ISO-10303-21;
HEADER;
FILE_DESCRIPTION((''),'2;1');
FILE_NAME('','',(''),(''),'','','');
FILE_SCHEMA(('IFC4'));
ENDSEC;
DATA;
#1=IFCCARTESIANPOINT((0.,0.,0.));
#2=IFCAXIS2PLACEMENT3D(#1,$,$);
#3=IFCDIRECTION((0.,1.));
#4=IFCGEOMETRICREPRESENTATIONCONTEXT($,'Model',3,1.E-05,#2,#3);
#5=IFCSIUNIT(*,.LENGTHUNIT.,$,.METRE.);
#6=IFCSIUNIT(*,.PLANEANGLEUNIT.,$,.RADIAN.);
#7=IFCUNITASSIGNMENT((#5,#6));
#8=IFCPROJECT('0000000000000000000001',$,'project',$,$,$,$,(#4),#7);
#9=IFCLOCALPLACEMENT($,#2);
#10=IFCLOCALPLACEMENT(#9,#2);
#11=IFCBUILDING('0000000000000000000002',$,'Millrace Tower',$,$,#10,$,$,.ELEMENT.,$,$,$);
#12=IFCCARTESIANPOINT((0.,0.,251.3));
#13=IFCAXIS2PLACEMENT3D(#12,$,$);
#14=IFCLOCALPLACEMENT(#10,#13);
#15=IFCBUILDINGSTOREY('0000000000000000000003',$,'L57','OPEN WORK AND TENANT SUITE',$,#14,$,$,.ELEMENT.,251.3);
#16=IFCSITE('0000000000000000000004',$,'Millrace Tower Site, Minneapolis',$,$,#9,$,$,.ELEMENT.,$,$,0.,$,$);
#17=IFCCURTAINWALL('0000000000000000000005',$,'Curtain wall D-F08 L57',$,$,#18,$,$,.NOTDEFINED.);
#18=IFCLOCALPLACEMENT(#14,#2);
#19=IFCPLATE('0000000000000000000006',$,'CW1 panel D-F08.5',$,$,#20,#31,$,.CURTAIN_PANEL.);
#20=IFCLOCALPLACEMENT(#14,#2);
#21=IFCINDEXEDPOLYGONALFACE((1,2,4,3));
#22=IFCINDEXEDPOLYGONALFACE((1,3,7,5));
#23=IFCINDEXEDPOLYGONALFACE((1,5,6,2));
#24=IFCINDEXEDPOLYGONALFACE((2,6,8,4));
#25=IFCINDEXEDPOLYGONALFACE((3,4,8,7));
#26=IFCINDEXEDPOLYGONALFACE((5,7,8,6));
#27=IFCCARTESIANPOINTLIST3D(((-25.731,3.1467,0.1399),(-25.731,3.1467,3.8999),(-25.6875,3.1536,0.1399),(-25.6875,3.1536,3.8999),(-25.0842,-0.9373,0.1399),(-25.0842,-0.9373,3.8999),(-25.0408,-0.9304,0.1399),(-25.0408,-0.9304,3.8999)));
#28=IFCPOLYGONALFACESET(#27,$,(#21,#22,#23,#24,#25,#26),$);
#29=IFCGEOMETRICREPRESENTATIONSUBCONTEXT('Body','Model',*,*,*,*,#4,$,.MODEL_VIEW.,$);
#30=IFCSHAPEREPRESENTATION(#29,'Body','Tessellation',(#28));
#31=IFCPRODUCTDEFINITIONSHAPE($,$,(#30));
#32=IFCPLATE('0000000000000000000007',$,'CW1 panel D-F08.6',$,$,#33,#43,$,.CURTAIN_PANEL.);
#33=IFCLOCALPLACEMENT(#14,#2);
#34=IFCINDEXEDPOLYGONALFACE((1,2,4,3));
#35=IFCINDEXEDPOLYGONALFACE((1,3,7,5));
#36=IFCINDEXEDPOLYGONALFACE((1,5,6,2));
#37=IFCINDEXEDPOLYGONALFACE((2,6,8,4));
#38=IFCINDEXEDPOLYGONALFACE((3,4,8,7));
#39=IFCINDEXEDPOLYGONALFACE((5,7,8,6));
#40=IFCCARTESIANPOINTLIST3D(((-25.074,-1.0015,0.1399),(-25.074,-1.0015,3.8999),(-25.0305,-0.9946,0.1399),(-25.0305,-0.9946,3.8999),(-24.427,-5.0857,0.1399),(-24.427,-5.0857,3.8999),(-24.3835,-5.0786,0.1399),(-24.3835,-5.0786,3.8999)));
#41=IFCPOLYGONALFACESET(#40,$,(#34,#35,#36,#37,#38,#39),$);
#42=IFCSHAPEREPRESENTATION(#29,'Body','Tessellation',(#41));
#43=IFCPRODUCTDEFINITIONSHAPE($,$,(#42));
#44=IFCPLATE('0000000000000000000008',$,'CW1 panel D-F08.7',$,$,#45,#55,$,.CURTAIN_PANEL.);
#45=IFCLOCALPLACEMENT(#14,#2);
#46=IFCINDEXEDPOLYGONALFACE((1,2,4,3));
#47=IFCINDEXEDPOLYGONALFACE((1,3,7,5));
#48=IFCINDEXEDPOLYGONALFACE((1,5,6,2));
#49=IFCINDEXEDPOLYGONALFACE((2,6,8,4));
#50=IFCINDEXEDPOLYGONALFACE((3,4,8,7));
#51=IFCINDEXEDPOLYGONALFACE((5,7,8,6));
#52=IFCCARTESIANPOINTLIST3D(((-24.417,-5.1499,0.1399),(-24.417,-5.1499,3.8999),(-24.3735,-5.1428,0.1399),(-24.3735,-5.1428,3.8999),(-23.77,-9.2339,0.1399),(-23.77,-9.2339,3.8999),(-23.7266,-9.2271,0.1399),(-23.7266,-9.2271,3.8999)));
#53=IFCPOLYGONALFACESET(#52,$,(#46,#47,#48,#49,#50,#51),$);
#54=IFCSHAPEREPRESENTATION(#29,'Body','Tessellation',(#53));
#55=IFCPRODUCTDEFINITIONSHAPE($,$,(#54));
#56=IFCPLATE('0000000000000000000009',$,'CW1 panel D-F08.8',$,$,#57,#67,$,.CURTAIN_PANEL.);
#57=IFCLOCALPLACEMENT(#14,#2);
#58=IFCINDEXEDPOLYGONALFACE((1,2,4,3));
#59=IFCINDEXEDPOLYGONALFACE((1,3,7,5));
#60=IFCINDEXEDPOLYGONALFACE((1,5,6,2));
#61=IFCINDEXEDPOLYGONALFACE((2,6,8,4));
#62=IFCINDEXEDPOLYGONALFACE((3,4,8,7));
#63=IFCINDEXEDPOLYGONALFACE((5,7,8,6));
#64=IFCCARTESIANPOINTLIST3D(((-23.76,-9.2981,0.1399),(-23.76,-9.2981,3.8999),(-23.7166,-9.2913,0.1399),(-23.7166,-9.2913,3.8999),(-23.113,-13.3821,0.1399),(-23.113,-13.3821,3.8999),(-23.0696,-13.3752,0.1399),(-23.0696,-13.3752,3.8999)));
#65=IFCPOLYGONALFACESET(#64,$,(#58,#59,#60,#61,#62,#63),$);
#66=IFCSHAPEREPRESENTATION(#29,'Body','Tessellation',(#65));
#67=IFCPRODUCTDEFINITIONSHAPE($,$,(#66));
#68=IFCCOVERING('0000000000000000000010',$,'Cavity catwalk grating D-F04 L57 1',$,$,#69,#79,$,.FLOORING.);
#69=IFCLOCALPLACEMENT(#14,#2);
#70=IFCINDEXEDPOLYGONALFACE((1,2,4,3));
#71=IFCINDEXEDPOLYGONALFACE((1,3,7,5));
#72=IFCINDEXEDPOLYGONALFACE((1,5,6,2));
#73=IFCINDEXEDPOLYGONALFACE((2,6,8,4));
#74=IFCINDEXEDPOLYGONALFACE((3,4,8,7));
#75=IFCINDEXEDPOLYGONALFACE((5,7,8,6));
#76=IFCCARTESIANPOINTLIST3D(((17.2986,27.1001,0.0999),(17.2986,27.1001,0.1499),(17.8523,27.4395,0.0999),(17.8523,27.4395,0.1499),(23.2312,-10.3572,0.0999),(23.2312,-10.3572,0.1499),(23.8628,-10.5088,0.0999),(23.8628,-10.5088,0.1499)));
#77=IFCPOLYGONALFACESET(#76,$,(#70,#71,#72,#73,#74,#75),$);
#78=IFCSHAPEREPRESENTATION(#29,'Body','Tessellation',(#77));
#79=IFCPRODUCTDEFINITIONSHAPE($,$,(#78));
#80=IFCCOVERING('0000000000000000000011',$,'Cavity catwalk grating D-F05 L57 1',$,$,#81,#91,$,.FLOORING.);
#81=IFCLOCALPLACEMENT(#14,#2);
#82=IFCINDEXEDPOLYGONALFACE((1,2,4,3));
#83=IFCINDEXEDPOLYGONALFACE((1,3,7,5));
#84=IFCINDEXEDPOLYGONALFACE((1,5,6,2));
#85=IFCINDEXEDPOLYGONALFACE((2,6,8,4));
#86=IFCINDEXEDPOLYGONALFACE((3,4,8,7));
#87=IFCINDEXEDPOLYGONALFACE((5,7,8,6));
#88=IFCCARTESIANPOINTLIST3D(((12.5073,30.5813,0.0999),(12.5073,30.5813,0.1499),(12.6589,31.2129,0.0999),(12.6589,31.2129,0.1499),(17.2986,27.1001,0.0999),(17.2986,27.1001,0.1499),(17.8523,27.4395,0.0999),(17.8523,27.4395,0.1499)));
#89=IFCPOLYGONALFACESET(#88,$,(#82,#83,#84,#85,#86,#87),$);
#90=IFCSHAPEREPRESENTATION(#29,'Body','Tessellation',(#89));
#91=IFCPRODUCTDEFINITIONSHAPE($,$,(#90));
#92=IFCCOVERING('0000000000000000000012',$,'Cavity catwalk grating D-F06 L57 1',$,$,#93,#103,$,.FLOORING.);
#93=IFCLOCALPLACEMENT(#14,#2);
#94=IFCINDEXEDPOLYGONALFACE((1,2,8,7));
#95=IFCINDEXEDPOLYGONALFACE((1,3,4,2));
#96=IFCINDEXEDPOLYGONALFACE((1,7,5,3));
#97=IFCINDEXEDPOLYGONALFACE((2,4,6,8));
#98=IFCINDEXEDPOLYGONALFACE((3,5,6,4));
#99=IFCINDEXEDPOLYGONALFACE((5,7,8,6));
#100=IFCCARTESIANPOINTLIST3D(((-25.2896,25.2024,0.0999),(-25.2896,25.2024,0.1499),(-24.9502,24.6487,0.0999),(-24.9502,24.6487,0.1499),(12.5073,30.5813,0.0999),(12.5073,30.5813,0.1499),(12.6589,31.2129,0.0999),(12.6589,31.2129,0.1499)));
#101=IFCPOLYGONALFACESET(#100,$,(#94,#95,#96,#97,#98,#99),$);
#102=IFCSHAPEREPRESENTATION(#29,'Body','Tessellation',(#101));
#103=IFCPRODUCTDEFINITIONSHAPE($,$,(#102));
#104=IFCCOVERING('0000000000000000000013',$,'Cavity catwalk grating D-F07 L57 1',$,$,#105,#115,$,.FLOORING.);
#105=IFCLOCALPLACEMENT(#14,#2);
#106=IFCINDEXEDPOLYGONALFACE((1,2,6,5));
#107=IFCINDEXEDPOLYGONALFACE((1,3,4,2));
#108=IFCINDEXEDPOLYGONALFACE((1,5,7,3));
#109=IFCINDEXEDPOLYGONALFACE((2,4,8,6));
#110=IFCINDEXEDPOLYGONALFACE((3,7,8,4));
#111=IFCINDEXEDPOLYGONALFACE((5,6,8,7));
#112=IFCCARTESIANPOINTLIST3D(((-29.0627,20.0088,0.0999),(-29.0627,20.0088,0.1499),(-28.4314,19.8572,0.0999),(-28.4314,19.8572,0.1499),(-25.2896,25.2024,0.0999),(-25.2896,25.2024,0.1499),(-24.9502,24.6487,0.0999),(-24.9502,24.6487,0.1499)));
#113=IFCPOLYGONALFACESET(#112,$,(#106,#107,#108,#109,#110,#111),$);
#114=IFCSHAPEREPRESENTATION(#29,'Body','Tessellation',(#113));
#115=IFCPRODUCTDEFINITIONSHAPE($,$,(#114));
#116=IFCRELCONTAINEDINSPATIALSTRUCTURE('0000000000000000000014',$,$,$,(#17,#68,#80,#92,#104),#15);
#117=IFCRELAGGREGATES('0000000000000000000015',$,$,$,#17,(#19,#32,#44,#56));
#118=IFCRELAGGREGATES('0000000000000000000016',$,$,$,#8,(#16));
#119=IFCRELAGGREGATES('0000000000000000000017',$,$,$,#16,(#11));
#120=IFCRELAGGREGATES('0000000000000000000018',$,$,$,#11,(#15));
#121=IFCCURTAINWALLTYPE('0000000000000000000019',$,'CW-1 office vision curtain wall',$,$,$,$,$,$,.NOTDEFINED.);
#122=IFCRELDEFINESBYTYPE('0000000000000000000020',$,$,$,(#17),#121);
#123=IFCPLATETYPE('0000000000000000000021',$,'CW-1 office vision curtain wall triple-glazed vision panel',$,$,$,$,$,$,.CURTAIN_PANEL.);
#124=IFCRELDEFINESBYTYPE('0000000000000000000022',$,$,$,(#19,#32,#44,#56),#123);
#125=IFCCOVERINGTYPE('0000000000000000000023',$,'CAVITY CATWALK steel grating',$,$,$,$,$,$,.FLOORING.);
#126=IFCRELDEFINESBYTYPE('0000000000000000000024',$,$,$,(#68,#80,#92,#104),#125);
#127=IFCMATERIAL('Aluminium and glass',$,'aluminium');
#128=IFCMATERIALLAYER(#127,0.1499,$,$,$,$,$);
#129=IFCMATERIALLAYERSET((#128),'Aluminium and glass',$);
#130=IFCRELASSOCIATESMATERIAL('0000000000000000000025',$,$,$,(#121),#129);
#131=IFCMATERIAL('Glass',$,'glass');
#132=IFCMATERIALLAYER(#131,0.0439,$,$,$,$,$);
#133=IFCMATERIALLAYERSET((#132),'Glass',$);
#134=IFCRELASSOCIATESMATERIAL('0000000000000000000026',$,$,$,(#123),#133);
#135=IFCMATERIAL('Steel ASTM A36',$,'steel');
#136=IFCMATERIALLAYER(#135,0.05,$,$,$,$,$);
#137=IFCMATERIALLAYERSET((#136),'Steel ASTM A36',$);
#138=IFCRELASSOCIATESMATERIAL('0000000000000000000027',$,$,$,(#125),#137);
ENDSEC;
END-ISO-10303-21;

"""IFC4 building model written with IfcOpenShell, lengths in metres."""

from ifc_helpers import new_model, si_unit, direction, frame, origin, place, context, subcontext, project, spatial, polyline, outline, extrude, material, layer, layer_set, type_object, element, aggregate, save


model = new_model("IFC4")

# Units and contexts
model_context = context("Model", 3, precision=1e-05, world=origin(), true_north=direction((0.0, 1.0)))
body_context = subcontext(model_context, "Body", "Model", "MODEL_VIEW")
ifc_project = project(units=[si_unit("LENGTHUNIT", "METRE"), si_unit("PLANEANGLEUNIT", "RADIAN")], contexts=[model_context])

# Site, building, storey
site_placement = place(None, origin())
site = spatial("IfcSite", under=ifc_project, at=site_placement, Name="Millrace Tower Site, Minneapolis", CompositionType="ELEMENT", RefElevation=0.0)
building_placement = place(site_placement, origin())
building = spatial("IfcBuilding", under=site, at=building_placement, Name="Millrace Tower", CompositionType="ELEMENT")
storey_placement = place(building_placement, frame((0.0, 0.0, 251.3)))
storey = spatial("IfcBuildingStorey", under=building, at=storey_placement, Name="L57", Description="OPEN WORK AND TENANT SUITE", CompositionType="ELEMENT", Elevation=251.3)

# Shared definitions
ifc_material_1 = material(Name="Aluminium and glass", Category="aluminium")
ifc_layer_1 = layer(ifc_material_1, 0.1499)
ifc_layer_set_1 = layer_set([ifc_layer_1], Name="Aluminium and glass")
curtain_wall_type = type_object("IfcCurtainWallType", Name="CW-1 office vision curtain wall", PredefinedType="NOTDEFINED", material=ifc_layer_set_1)
placement_1 = place(storey_placement, origin())
ifc_material_2 = material(Name="Glass", Category="glass")
ifc_layer_2 = layer(ifc_material_2, 0.0439)
ifc_layer_set_2 = layer_set([ifc_layer_2], Name="Glass")
plate_type = type_object("IfcPlateType", Name="CW-1 office vision curtain wall triple-glazed vision panel", PredefinedType="CURTAIN_PANEL", material=ifc_layer_set_2)
placement_2 = place(storey_placement, frame((0.0, 0.0, 0.1399)))

# Curtain wall, plates
curtain_wall_1 = element("IfcCurtainWall", 1, at=placement_1, inside=storey, type_object=curtain_wall_type, Name="Curtain wall D-F08 L57", PredefinedType="NOTDEFINED")
plate_1 = element("IfcPlate", 2, at=placement_2, type_object=plate_type, Name="CW1 panel D-F08.5", PredefinedType="CURTAIN_PANEL", context=body_context, shape_type="SweptSolid", body=[
    extrude(outline(polyline([(-25.731, 3.1467), (-25.0842, -0.9373), (-25.0408, -0.9304), (-25.6875, 3.1536), (-25.731, 3.1467)])), origin(), (0.0, 0.0, 1.0), 3.76),
])
plate_2 = element("IfcPlate", 3, at=placement_2, type_object=plate_type, Name="CW1 panel D-F08.6", PredefinedType="CURTAIN_PANEL", context=body_context, shape_type="SweptSolid", body=[
    extrude(outline(polyline([(-25.074, -1.0015), (-24.427, -5.0857), (-24.3835, -5.0786), (-25.0305, -0.9946), (-25.074, -1.0015)])), origin(), (0.0, 0.0, 1.0), 3.76),
])
plate_3 = element("IfcPlate", 4, at=placement_2, type_object=plate_type, Name="CW1 panel D-F08.7", PredefinedType="CURTAIN_PANEL", context=body_context, shape_type="SweptSolid", body=[
    extrude(outline(polyline([(-24.417, -5.1499), (-23.77, -9.2339), (-23.7266, -9.2271), (-24.3735, -5.1428), (-24.417, -5.1499)])), origin(), (0.0, 0.0, 1.0), 3.76),
])
plate_4 = element("IfcPlate", 5, at=placement_2, type_object=plate_type, Name="CW1 panel D-F08.8", PredefinedType="CURTAIN_PANEL", context=body_context, shape_type="SweptSolid", body=[
    extrude(outline(polyline([(-23.76, -9.2981), (-23.113, -13.3821), (-23.0696, -13.3752), (-23.7166, -9.2913), (-23.76, -9.2981)])), origin(), (0.0, 0.0, 1.0), 3.76),
])
aggregate(curtain_wall_1, [plate_1, plate_2, plate_3, plate_4])

# Coverings
ifc_material_3 = material(Name="Steel ASTM A36", Category="steel")
ifc_layer_3 = layer(ifc_material_3, 0.05)
ifc_layer_set_3 = layer_set([ifc_layer_3], Name="Steel ASTM A36")
covering_type = type_object("IfcCoveringType", Name="CAVITY CATWALK steel grating", PredefinedType="FLOORING", material=ifc_layer_set_3)
placement_3 = place(storey_placement, frame((0.0, 0.0, 0.0999)))
element("IfcCovering", 6, at=placement_3, inside=storey, type_object=covering_type, Name="Cavity catwalk grating D-F04 L57 1", PredefinedType="FLOORING", context=body_context, shape_type="SweptSolid", body=[
    extrude(outline(polyline([(23.8628, -10.5088), (17.8523, 27.4395), (17.2986, 27.1001), (23.2312, -10.3572), (23.8628, -10.5088)])), origin(), (0.0, 0.0, 1.0), 0.05),
])
element("IfcCovering", 7, at=placement_3, inside=storey, type_object=covering_type, Name="Cavity catwalk grating D-F05 L57 1", PredefinedType="FLOORING", context=body_context, shape_type="SweptSolid", body=[
    extrude(outline(polyline([(17.8523, 27.4395), (12.6589, 31.2129), (12.5073, 30.5813), (17.2986, 27.1001), (17.8523, 27.4395)])), origin(), (0.0, 0.0, 1.0), 0.05),
])
element("IfcCovering", 8, at=placement_3, inside=storey, type_object=covering_type, Name="Cavity catwalk grating D-F06 L57 1", PredefinedType="FLOORING", context=body_context, shape_type="SweptSolid", body=[
    extrude(outline(polyline([(12.6589, 31.2129), (-25.2896, 25.2024), (-24.9502, 24.6487), (12.5073, 30.5813), (12.6589, 31.2129)])), origin(), (0.0, 0.0, 1.0), 0.05),
])
element("IfcCovering", 9, at=placement_3, inside=storey, type_object=covering_type, Name="Cavity catwalk grating D-F07 L57 1", PredefinedType="FLOORING", context=body_context, shape_type="SweptSolid", body=[
    extrude(outline(polyline([(-25.2896, 25.2024), (-29.0627, 20.0088), (-28.4314, 19.8572), (-24.9502, 24.6487), (-25.2896, 25.2024)])), origin(), (0.0, 0.0, 1.0), 0.05),
])

save(model, "model.ifc")
